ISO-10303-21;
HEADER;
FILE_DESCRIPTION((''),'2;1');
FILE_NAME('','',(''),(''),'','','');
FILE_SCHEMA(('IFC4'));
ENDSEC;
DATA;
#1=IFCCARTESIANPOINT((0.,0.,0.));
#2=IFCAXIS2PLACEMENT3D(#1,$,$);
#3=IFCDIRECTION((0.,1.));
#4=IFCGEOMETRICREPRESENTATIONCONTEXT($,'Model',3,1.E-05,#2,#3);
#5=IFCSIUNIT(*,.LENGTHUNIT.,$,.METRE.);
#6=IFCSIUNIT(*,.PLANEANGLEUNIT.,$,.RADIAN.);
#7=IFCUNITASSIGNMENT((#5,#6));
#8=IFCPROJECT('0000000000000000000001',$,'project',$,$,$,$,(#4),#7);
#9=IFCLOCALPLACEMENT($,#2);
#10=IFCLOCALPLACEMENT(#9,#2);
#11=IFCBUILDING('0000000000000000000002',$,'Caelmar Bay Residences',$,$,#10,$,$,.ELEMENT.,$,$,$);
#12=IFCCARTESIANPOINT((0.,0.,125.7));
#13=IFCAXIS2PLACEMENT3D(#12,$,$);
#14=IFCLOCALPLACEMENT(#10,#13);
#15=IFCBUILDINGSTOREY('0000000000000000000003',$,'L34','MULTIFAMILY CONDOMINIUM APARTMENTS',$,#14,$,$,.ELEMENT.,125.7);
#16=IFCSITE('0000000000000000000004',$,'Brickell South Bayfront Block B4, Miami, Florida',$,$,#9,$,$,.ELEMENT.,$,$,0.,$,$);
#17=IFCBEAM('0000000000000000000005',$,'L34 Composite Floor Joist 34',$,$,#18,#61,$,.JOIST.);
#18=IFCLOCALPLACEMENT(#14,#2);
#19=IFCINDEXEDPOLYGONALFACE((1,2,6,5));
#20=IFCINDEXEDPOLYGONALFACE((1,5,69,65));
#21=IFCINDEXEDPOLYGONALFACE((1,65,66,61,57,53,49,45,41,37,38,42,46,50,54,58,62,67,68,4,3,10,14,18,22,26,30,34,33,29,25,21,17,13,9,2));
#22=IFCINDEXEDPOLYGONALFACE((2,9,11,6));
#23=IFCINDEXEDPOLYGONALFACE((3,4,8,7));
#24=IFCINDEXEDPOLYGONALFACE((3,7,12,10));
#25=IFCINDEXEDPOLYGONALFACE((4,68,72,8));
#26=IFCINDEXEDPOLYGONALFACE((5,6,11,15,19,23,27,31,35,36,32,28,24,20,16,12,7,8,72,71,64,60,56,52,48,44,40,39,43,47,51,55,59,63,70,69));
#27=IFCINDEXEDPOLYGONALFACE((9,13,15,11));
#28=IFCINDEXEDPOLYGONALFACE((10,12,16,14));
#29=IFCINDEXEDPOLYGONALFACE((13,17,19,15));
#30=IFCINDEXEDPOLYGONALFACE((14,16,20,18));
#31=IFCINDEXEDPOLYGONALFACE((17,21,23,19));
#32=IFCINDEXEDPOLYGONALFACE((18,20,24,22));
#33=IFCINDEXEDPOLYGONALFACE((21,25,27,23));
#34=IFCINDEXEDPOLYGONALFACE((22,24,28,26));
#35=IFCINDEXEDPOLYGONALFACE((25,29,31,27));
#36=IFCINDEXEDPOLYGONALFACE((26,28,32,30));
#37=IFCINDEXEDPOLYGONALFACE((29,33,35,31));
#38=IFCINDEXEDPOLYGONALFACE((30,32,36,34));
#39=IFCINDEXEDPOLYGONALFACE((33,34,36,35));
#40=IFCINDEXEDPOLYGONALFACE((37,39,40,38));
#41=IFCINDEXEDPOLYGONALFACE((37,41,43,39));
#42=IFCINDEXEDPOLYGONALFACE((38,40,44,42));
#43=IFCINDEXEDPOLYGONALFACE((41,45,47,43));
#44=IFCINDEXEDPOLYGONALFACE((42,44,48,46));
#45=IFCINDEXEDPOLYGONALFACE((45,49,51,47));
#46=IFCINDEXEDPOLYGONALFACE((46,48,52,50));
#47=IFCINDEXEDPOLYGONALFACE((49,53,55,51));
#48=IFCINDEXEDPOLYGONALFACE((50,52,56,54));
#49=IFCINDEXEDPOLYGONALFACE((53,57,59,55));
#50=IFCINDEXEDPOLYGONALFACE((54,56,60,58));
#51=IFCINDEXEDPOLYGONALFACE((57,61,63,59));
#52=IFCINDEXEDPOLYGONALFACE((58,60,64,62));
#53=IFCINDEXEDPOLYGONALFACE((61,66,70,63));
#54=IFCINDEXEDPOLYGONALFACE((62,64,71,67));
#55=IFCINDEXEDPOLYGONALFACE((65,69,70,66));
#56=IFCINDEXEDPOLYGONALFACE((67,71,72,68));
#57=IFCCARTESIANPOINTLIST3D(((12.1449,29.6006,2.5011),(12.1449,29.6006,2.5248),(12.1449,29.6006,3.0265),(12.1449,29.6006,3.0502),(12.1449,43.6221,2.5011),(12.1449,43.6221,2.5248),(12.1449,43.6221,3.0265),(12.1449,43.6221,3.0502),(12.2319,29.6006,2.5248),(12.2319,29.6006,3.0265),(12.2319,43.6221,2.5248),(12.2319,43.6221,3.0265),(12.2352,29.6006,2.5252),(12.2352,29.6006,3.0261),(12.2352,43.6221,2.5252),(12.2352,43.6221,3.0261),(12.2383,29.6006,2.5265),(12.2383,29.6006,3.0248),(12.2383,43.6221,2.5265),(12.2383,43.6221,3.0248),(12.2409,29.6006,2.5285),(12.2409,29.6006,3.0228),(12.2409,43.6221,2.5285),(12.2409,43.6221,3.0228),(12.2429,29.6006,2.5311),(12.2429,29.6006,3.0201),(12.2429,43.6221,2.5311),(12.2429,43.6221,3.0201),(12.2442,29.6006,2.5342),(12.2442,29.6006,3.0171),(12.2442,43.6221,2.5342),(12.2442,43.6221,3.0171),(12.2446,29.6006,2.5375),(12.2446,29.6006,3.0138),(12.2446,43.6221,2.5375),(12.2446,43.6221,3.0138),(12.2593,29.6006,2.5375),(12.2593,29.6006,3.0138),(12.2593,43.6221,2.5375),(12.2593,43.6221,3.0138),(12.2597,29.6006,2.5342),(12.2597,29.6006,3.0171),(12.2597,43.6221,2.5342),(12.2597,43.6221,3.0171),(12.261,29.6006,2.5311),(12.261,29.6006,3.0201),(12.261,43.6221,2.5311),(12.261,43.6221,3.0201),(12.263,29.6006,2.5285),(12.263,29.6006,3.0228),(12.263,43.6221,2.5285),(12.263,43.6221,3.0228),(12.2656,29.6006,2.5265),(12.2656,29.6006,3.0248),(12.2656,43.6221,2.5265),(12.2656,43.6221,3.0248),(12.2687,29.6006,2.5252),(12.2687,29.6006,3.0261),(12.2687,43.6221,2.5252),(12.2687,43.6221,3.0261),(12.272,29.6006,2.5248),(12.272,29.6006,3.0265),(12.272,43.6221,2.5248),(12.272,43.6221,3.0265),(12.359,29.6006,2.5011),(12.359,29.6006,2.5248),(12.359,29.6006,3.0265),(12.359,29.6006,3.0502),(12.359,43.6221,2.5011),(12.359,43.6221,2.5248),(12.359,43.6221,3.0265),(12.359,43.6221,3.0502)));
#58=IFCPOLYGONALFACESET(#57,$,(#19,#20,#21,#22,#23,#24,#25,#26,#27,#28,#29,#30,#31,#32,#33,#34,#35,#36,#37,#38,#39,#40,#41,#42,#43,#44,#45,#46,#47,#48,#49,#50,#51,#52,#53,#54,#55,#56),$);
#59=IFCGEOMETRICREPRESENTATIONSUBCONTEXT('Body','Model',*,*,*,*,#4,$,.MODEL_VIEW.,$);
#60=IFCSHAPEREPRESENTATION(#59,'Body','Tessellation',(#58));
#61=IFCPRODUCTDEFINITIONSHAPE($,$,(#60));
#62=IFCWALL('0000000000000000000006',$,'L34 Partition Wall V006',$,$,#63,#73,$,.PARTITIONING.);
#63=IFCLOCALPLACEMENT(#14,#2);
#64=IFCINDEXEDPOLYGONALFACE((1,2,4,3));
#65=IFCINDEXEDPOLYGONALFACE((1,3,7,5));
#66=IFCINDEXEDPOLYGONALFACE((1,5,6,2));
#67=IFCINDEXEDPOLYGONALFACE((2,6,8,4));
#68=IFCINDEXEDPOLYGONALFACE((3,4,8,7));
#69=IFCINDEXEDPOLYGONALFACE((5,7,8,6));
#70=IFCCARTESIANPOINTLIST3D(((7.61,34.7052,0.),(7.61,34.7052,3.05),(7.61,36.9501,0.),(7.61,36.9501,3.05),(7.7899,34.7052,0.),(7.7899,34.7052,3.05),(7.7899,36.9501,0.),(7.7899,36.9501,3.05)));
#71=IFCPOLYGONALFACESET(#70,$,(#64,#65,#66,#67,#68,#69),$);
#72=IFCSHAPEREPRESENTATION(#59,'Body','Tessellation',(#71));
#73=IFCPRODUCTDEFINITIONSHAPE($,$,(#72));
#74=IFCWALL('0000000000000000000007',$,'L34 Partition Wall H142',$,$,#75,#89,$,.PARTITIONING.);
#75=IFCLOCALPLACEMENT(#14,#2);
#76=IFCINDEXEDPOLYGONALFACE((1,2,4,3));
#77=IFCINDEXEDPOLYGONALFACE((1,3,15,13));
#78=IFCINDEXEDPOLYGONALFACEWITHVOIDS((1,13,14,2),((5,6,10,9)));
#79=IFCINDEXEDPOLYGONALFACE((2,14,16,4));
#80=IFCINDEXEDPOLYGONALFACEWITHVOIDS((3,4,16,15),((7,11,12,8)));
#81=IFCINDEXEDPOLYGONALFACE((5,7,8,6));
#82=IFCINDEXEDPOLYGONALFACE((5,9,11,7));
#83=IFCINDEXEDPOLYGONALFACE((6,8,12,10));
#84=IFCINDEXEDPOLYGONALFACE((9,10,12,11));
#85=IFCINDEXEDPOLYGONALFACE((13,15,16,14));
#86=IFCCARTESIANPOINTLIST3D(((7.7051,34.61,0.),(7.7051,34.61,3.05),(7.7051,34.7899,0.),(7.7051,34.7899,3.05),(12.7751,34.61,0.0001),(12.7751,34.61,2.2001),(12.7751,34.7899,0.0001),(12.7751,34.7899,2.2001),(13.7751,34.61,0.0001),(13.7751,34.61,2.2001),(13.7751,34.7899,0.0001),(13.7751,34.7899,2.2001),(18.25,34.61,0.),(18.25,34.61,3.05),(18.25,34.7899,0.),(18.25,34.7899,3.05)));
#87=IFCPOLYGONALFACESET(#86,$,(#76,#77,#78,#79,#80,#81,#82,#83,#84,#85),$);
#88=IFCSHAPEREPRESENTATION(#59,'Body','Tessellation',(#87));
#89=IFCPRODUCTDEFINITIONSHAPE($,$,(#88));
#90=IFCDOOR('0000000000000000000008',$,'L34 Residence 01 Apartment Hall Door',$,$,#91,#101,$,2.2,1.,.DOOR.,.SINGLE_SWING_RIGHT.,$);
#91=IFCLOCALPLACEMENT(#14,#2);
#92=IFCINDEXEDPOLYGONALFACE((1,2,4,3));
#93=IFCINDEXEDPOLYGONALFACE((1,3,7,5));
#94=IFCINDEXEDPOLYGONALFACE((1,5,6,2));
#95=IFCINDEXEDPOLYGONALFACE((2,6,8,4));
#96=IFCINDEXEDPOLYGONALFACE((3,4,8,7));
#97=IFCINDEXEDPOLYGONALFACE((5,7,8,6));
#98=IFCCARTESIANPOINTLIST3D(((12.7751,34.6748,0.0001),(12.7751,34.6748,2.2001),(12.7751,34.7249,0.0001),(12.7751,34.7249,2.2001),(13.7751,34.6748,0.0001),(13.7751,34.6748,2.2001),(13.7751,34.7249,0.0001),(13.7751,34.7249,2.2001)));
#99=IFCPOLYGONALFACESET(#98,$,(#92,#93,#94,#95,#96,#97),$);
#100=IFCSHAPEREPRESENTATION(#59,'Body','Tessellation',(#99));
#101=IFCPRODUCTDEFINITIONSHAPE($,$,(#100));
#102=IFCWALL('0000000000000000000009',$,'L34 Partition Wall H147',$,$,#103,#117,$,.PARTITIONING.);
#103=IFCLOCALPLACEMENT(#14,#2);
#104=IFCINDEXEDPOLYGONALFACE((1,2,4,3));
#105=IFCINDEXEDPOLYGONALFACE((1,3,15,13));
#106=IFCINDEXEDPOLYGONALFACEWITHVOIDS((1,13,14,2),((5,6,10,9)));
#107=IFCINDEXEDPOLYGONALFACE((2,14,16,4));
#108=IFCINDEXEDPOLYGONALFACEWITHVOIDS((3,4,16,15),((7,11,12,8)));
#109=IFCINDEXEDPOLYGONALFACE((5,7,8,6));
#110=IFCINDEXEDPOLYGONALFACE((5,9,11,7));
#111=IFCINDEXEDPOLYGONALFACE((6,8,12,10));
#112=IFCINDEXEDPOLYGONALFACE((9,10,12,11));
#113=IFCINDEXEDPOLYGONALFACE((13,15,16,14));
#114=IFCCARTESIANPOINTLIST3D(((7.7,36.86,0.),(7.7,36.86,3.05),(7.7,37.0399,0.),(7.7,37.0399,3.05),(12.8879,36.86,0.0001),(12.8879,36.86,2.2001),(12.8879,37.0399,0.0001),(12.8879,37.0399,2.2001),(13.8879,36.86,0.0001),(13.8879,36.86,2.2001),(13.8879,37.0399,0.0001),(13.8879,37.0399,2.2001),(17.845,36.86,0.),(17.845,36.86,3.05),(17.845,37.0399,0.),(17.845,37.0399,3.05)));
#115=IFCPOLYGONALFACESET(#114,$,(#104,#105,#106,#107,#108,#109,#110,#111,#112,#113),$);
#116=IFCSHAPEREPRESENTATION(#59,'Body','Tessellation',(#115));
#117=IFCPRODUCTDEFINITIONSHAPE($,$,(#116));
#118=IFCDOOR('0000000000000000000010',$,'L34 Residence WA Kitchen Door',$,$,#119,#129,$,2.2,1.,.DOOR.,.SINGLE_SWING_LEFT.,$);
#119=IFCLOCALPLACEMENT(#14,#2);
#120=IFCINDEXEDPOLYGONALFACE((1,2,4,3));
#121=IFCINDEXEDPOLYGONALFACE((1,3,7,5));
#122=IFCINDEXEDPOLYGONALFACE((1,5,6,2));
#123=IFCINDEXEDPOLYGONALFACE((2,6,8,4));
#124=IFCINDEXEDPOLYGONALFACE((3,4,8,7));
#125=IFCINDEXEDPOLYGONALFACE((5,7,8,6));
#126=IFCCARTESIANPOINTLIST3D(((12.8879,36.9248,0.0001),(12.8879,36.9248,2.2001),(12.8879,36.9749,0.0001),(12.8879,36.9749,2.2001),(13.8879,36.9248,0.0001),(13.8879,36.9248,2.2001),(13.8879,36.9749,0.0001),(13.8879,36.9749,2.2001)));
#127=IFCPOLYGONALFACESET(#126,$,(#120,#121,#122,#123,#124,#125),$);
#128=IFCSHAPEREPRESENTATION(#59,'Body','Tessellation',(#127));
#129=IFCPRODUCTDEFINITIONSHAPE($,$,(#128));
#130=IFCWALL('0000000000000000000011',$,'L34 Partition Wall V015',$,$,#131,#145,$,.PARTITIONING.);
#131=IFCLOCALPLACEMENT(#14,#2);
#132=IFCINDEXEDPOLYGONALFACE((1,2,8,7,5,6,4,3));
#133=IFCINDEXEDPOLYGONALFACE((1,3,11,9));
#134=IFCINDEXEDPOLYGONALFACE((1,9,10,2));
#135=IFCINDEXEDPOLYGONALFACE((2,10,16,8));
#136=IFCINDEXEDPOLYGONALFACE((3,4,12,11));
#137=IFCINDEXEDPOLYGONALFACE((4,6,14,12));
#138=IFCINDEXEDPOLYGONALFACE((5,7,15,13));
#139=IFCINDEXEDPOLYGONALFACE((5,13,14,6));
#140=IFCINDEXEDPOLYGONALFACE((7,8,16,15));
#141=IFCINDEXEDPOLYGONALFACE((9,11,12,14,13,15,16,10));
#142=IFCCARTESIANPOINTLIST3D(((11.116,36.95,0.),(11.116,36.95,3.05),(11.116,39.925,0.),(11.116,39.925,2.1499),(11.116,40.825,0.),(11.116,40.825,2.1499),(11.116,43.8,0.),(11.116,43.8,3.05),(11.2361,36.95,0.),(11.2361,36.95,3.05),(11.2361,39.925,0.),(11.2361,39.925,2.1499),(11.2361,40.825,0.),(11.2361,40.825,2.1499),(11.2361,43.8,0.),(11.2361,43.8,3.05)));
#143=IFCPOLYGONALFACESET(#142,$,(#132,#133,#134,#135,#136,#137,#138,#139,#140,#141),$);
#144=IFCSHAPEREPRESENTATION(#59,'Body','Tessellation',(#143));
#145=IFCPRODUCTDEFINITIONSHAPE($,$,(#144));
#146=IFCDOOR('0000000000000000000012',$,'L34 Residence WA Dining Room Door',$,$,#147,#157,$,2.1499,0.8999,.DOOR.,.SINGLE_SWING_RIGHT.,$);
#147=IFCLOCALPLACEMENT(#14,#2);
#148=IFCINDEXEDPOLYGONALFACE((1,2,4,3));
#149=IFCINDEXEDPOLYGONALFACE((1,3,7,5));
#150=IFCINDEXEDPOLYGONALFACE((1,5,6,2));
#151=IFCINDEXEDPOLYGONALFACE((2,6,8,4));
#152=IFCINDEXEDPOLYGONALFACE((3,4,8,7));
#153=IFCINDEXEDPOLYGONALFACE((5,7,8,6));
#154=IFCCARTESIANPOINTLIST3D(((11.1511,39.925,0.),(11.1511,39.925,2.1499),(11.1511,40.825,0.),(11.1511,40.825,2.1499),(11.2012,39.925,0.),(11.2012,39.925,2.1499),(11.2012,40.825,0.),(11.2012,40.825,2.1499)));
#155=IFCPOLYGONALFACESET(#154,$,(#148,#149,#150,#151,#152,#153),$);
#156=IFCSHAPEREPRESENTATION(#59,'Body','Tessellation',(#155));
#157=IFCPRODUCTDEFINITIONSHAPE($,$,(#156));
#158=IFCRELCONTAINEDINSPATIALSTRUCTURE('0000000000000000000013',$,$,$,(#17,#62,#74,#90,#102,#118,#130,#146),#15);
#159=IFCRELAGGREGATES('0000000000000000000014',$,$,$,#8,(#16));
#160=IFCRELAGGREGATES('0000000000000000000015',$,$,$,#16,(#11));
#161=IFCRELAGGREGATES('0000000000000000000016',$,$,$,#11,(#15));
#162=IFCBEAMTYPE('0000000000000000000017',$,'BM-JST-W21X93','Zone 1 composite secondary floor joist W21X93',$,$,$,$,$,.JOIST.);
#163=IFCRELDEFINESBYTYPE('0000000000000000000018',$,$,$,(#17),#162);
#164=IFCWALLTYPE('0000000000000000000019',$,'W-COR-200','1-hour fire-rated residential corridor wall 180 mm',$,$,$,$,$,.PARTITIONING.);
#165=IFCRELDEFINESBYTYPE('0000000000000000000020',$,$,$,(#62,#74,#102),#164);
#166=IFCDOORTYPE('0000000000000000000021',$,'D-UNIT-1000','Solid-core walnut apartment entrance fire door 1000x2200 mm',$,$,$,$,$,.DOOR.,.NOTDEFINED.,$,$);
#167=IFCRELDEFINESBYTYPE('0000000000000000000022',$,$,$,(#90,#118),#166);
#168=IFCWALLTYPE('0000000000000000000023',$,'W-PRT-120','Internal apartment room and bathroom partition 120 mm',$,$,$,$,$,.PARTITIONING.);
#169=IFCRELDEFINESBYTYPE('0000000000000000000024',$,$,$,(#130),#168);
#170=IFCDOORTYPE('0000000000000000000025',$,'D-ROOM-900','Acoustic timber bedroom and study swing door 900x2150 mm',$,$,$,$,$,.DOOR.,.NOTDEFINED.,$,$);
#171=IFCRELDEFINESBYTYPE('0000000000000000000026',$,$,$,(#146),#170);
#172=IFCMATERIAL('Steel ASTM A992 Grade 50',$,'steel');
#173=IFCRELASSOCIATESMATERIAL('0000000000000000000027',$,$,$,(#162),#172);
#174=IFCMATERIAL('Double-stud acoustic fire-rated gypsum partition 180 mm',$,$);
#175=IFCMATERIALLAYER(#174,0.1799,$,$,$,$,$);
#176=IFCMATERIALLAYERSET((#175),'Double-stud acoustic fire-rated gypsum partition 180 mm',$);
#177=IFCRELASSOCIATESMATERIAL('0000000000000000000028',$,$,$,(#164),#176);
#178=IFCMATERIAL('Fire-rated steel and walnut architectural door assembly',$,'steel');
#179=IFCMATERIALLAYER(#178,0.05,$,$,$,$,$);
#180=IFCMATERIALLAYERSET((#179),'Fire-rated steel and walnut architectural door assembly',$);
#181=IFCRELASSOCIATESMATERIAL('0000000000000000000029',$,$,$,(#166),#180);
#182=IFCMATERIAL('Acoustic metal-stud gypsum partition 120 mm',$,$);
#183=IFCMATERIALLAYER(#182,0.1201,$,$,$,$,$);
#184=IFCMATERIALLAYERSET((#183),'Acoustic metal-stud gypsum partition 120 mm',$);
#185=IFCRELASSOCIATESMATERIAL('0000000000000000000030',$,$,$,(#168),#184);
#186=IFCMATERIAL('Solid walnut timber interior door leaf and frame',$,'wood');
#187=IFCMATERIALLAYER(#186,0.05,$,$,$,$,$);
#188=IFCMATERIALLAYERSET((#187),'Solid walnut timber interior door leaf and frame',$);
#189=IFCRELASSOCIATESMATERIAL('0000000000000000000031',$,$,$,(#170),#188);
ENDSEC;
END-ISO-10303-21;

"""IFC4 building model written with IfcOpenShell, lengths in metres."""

from ifc_helpers import new_model, si_unit, direction, frame, frame_2d, origin, origin_2d, place, context, subcontext, project, spatial, rectangle, i_section, extrude, material, layer, layer_set, material_profile, profile_set, type_object, element, fill, save


model = new_model("IFC4")

# Units and contexts
model_context = context("Model", 3, precision=1e-05, world=origin(), true_north=direction((0.0, 1.0)))
body_context = subcontext(model_context, "Body", "Model", "MODEL_VIEW")
ifc_project = project(units=[si_unit("LENGTHUNIT", "METRE"), si_unit("PLANEANGLEUNIT", "RADIAN")], contexts=[model_context])

# Site, building, storey
site_placement = place(None, origin())
site = spatial("IfcSite", under=ifc_project, at=site_placement, Name="Brickell South Bayfront Block B4, Miami, Florida", CompositionType="ELEMENT", RefElevation=0.0)
building_placement = place(site_placement, origin())
building = spatial("IfcBuilding", under=site, at=building_placement, Name="Caelmar Bay Residences", CompositionType="ELEMENT")
storey_placement = place(building_placement, frame((0.0, 0.0, 125.7)))
storey = spatial("IfcBuildingStorey", under=building, at=storey_placement, Name="L34", Description="MULTIFAMILY CONDOMINIUM APARTMENTS", CompositionType="ELEMENT", Elevation=125.7)

# Beam
ifc_material_1 = material(Name="Steel ASTM A992 Grade 50", Category="steel")
ifc_material_profile_1 = material_profile(ifc_material_1, i_section(OverallWidth=0.2141, OverallDepth=0.5491, WebThickness=0.0146, FlangeThickness=0.0237, FilletRadius=0.0127, at=origin_2d()), Name="W21X93")
ifc_profile_set_1 = profile_set([ifc_material_profile_1], Name="Steel ASTM A992 Grade 50")
beam_type_1 = type_object("IfcBeamType", Name="BM-JST-W21X93", Description="Zone 1 composite secondary floor joist W21X93", PredefinedType="JOIST", material=ifc_profile_set_1)
beam_1_placement = place(storey_placement, frame((12.252, 29.6006, 2.7756), z_axis=(0.0, 1.0, 0.0), x_axis=(-1.0, 0.0, 0.0)))
element("IfcBeam", 1, at=beam_1_placement, inside=storey, type_object=beam_type_1, Name="L34 Composite Floor Joist 34", PredefinedType="JOIST", context=body_context, shape_type="SweptSolid", body=[
    extrude(i_section(OverallWidth=0.2141, OverallDepth=0.5491, WebThickness=0.0146, FlangeThickness=0.0237, FilletRadius=0.0127, at=origin_2d()), origin(), (0.0, 0.0, 1.0), 14.0215),
])

# Wall
ifc_material_2 = material(Name="Double-stud acoustic fire-rated gypsum partition 180 mm")
ifc_layer_1 = layer(ifc_material_2, 0.1799)
ifc_layer_set_1 = layer_set([ifc_layer_1], Name="Double-stud acoustic fire-rated gypsum partition 180 mm")
wall_type_1 = type_object("IfcWallType", Name="W-COR-200", Description="1-hour fire-rated residential corridor wall 180 mm", PredefinedType="PARTITIONING", material=ifc_layer_set_1)
wall_1_placement = place(storey_placement, frame((7.7, 34.7051, 0.0), z_axis=(0.0, 0.0, 1.0), x_axis=(0.0, 1.0, 0.0)))
element("IfcWall", 2, at=wall_1_placement, inside=storey, type_object=wall_type_1, Name="L34 Partition Wall V006", PredefinedType="PARTITIONING", context=body_context, shape_type="SweptSolid", body=[
    extrude(rectangle(XDim=2.2449, YDim=0.1799, at=frame_2d((1.1226, 0.0))), origin(), (0.0, 0.0, 1.0), 3.05),
])

# Walls, openings, doors
wall_2_placement = place(storey_placement, frame((7.7051, 34.7, 0.0), z_axis=(0.0, 0.0, 1.0), x_axis=(1.0, 0.0, 0.0)))
wall_2 = element("IfcWall", 3, at=wall_2_placement, inside=storey, type_object=wall_type_1, Name="L34 Partition Wall H142", PredefinedType="PARTITIONING", context=body_context, shape_type="SweptSolid", body=[
    extrude(rectangle(XDim=10.5449, YDim=0.1799, at=frame_2d((5.2725, 0.0))), origin(), (0.0, 0.0, 1.0), 3.05),
])
opening_1_placement = place(wall_2_placement, frame((5.0701, 0.0, 0.0)))
opening_1 = element("IfcOpeningElement", 4, at=opening_1_placement, cuts=wall_2, PredefinedType="OPENING", context=body_context, shape_type="SweptSolid", body=[
    extrude(rectangle(XDim=1.0, YDim=2.2, at=frame_2d((0.5, 1.1001))), frame((0.0, 0.0999, 0.0), z_axis=(0.0, -1.0, 0.0), x_axis=(1.0, 0.0, 0.0)), (0.0, 0.0, 1.0), 0.2),
])
ifc_material_3 = material(Name="Fire-rated steel and walnut architectural door assembly", Category="steel")
ifc_layer_2 = layer(ifc_material_3, 0.05)
ifc_layer_set_2 = layer_set([ifc_layer_2], Name="Fire-rated steel and walnut architectural door assembly")
door_type_1 = type_object("IfcDoorType", Name="D-UNIT-1000", Description="Solid-core walnut apartment entrance fire door 1000x2200 mm", OperationType="NOTDEFINED", PredefinedType="DOOR", material=ifc_layer_set_2)
door_1_placement = place(opening_1_placement, origin())
door_1 = element("IfcDoor", 5, at=door_1_placement, inside=storey, type_object=door_type_1, Name="L34 Residence 01 Apartment Hall Door", OperationType="SINGLE_SWING_RIGHT", OverallHeight=2.2, OverallWidth=1.0, PredefinedType="DOOR", context=body_context, shape_type="SweptSolid", body=[
    extrude(rectangle(XDim=1.0, YDim=2.2, at=frame_2d((0.5, 1.1001))), frame((0.0, 0.0249, 0.0), z_axis=(0.0, -1.0, 0.0), x_axis=(1.0, 0.0, 0.0)), (0.0, 0.0, 1.0), 0.05),
])
fill(opening_1, door_1)
wall_3_placement = place(storey_placement, frame((7.7, 36.95, 0.0), z_axis=(0.0, 0.0, 1.0), x_axis=(1.0, 0.0, 0.0)))
wall_3 = element("IfcWall", 6, at=wall_3_placement, inside=storey, type_object=wall_type_1, Name="L34 Partition Wall H147", PredefinedType="PARTITIONING", context=body_context, shape_type="SweptSolid", body=[
    extrude(rectangle(XDim=10.145, YDim=0.1799, at=frame_2d((5.0725, 0.0))), origin(), (0.0, 0.0, 1.0), 3.05),
])
opening_2_placement = place(wall_3_placement, frame((5.188, 0.0, 0.0)))
opening_2 = element("IfcOpeningElement", 7, at=opening_2_placement, cuts=wall_3, PredefinedType="OPENING", context=body_context, shape_type="SweptSolid", body=[
    extrude(rectangle(XDim=1.0, YDim=2.2, at=frame_2d((0.5, 1.1001))), frame((0.0, 0.0999, 0.0), z_axis=(0.0, -1.0, 0.0), x_axis=(1.0, 0.0, 0.0)), (0.0, 0.0, 1.0), 0.2),
])
door_2_placement = place(opening_2_placement, origin())
door_2 = element("IfcDoor", 8, at=door_2_placement, inside=storey, type_object=door_type_1, Name="L34 Residence WA Kitchen Door", OperationType="SINGLE_SWING_LEFT", OverallHeight=2.2, OverallWidth=1.0, PredefinedType="DOOR", context=body_context, shape_type="SweptSolid", body=[
    extrude(rectangle(XDim=1.0, YDim=2.2, at=frame_2d((0.5, 1.1001))), frame((0.0, 0.0249, 0.0), z_axis=(0.0, -1.0, 0.0), x_axis=(1.0, 0.0, 0.0)), (0.0, 0.0, 1.0), 0.05),
])
fill(opening_2, door_2)
ifc_material_4 = material(Name="Acoustic metal-stud gypsum partition 120 mm")
ifc_layer_3 = layer(ifc_material_4, 0.1201)
ifc_layer_set_3 = layer_set([ifc_layer_3], Name="Acoustic metal-stud gypsum partition 120 mm")
wall_type_2 = type_object("IfcWallType", Name="W-PRT-120", Description="Internal apartment room and bathroom partition 120 mm", PredefinedType="PARTITIONING", material=ifc_layer_set_3)
wall_4_placement = place(storey_placement, frame((11.176, 36.95, 0.0), z_axis=(0.0, 0.0, 1.0), x_axis=(0.0, 1.0, 0.0)))
wall_4 = element("IfcWall", 9, at=wall_4_placement, inside=storey, type_object=wall_type_2, Name="L34 Partition Wall V015", PredefinedType="PARTITIONING", context=body_context, shape_type="SweptSolid", body=[
    extrude(rectangle(XDim=6.8501, YDim=0.1201, at=frame_2d((3.425, 0.0))), origin(), (0.0, 0.0, 1.0), 3.05),
])
opening_3_placement = place(wall_4_placement, frame((2.9751, 0.0, 0.0)))
opening_3 = element("IfcOpeningElement", 10, at=opening_3_placement, cuts=wall_4, PredefinedType="OPENING", context=body_context, shape_type="SweptSolid", body=[
    extrude(rectangle(XDim=0.8999, YDim=2.1499, at=frame_2d((0.45, 1.075))), frame((0.0, 0.0701, 0.0), z_axis=(0.0, -1.0, 0.0), x_axis=(1.0, 0.0, 0.0)), (0.0, 0.0, 1.0), 0.1401),
])
ifc_material_5 = material(Name="Solid walnut timber interior door leaf and frame", Category="wood")
ifc_layer_4 = layer(ifc_material_5, 0.05)
ifc_layer_set_4 = layer_set([ifc_layer_4], Name="Solid walnut timber interior door leaf and frame")
door_type_2 = type_object("IfcDoorType", Name="D-ROOM-900", Description="Acoustic timber bedroom and study swing door 900x2150 mm", OperationType="NOTDEFINED", PredefinedType="DOOR", material=ifc_layer_set_4)
door_3_placement = place(opening_3_placement, origin())
door_3 = element("IfcDoor", 11, at=door_3_placement, inside=storey, type_object=door_type_2, Name="L34 Residence WA Dining Room Door", OperationType="SINGLE_SWING_RIGHT", OverallHeight=2.1499, OverallWidth=0.8999, PredefinedType="DOOR", context=body_context, shape_type="SweptSolid", body=[
    extrude(rectangle(XDim=0.8999, YDim=2.1499, at=frame_2d((0.45, 1.075))), frame((0.0, 0.0249, 0.0), z_axis=(0.0, -1.0, 0.0), x_axis=(1.0, 0.0, 0.0)), (0.0, 0.0, 1.0), 0.05),
])
fill(opening_3, door_3)

save(model, "model.ifc")
